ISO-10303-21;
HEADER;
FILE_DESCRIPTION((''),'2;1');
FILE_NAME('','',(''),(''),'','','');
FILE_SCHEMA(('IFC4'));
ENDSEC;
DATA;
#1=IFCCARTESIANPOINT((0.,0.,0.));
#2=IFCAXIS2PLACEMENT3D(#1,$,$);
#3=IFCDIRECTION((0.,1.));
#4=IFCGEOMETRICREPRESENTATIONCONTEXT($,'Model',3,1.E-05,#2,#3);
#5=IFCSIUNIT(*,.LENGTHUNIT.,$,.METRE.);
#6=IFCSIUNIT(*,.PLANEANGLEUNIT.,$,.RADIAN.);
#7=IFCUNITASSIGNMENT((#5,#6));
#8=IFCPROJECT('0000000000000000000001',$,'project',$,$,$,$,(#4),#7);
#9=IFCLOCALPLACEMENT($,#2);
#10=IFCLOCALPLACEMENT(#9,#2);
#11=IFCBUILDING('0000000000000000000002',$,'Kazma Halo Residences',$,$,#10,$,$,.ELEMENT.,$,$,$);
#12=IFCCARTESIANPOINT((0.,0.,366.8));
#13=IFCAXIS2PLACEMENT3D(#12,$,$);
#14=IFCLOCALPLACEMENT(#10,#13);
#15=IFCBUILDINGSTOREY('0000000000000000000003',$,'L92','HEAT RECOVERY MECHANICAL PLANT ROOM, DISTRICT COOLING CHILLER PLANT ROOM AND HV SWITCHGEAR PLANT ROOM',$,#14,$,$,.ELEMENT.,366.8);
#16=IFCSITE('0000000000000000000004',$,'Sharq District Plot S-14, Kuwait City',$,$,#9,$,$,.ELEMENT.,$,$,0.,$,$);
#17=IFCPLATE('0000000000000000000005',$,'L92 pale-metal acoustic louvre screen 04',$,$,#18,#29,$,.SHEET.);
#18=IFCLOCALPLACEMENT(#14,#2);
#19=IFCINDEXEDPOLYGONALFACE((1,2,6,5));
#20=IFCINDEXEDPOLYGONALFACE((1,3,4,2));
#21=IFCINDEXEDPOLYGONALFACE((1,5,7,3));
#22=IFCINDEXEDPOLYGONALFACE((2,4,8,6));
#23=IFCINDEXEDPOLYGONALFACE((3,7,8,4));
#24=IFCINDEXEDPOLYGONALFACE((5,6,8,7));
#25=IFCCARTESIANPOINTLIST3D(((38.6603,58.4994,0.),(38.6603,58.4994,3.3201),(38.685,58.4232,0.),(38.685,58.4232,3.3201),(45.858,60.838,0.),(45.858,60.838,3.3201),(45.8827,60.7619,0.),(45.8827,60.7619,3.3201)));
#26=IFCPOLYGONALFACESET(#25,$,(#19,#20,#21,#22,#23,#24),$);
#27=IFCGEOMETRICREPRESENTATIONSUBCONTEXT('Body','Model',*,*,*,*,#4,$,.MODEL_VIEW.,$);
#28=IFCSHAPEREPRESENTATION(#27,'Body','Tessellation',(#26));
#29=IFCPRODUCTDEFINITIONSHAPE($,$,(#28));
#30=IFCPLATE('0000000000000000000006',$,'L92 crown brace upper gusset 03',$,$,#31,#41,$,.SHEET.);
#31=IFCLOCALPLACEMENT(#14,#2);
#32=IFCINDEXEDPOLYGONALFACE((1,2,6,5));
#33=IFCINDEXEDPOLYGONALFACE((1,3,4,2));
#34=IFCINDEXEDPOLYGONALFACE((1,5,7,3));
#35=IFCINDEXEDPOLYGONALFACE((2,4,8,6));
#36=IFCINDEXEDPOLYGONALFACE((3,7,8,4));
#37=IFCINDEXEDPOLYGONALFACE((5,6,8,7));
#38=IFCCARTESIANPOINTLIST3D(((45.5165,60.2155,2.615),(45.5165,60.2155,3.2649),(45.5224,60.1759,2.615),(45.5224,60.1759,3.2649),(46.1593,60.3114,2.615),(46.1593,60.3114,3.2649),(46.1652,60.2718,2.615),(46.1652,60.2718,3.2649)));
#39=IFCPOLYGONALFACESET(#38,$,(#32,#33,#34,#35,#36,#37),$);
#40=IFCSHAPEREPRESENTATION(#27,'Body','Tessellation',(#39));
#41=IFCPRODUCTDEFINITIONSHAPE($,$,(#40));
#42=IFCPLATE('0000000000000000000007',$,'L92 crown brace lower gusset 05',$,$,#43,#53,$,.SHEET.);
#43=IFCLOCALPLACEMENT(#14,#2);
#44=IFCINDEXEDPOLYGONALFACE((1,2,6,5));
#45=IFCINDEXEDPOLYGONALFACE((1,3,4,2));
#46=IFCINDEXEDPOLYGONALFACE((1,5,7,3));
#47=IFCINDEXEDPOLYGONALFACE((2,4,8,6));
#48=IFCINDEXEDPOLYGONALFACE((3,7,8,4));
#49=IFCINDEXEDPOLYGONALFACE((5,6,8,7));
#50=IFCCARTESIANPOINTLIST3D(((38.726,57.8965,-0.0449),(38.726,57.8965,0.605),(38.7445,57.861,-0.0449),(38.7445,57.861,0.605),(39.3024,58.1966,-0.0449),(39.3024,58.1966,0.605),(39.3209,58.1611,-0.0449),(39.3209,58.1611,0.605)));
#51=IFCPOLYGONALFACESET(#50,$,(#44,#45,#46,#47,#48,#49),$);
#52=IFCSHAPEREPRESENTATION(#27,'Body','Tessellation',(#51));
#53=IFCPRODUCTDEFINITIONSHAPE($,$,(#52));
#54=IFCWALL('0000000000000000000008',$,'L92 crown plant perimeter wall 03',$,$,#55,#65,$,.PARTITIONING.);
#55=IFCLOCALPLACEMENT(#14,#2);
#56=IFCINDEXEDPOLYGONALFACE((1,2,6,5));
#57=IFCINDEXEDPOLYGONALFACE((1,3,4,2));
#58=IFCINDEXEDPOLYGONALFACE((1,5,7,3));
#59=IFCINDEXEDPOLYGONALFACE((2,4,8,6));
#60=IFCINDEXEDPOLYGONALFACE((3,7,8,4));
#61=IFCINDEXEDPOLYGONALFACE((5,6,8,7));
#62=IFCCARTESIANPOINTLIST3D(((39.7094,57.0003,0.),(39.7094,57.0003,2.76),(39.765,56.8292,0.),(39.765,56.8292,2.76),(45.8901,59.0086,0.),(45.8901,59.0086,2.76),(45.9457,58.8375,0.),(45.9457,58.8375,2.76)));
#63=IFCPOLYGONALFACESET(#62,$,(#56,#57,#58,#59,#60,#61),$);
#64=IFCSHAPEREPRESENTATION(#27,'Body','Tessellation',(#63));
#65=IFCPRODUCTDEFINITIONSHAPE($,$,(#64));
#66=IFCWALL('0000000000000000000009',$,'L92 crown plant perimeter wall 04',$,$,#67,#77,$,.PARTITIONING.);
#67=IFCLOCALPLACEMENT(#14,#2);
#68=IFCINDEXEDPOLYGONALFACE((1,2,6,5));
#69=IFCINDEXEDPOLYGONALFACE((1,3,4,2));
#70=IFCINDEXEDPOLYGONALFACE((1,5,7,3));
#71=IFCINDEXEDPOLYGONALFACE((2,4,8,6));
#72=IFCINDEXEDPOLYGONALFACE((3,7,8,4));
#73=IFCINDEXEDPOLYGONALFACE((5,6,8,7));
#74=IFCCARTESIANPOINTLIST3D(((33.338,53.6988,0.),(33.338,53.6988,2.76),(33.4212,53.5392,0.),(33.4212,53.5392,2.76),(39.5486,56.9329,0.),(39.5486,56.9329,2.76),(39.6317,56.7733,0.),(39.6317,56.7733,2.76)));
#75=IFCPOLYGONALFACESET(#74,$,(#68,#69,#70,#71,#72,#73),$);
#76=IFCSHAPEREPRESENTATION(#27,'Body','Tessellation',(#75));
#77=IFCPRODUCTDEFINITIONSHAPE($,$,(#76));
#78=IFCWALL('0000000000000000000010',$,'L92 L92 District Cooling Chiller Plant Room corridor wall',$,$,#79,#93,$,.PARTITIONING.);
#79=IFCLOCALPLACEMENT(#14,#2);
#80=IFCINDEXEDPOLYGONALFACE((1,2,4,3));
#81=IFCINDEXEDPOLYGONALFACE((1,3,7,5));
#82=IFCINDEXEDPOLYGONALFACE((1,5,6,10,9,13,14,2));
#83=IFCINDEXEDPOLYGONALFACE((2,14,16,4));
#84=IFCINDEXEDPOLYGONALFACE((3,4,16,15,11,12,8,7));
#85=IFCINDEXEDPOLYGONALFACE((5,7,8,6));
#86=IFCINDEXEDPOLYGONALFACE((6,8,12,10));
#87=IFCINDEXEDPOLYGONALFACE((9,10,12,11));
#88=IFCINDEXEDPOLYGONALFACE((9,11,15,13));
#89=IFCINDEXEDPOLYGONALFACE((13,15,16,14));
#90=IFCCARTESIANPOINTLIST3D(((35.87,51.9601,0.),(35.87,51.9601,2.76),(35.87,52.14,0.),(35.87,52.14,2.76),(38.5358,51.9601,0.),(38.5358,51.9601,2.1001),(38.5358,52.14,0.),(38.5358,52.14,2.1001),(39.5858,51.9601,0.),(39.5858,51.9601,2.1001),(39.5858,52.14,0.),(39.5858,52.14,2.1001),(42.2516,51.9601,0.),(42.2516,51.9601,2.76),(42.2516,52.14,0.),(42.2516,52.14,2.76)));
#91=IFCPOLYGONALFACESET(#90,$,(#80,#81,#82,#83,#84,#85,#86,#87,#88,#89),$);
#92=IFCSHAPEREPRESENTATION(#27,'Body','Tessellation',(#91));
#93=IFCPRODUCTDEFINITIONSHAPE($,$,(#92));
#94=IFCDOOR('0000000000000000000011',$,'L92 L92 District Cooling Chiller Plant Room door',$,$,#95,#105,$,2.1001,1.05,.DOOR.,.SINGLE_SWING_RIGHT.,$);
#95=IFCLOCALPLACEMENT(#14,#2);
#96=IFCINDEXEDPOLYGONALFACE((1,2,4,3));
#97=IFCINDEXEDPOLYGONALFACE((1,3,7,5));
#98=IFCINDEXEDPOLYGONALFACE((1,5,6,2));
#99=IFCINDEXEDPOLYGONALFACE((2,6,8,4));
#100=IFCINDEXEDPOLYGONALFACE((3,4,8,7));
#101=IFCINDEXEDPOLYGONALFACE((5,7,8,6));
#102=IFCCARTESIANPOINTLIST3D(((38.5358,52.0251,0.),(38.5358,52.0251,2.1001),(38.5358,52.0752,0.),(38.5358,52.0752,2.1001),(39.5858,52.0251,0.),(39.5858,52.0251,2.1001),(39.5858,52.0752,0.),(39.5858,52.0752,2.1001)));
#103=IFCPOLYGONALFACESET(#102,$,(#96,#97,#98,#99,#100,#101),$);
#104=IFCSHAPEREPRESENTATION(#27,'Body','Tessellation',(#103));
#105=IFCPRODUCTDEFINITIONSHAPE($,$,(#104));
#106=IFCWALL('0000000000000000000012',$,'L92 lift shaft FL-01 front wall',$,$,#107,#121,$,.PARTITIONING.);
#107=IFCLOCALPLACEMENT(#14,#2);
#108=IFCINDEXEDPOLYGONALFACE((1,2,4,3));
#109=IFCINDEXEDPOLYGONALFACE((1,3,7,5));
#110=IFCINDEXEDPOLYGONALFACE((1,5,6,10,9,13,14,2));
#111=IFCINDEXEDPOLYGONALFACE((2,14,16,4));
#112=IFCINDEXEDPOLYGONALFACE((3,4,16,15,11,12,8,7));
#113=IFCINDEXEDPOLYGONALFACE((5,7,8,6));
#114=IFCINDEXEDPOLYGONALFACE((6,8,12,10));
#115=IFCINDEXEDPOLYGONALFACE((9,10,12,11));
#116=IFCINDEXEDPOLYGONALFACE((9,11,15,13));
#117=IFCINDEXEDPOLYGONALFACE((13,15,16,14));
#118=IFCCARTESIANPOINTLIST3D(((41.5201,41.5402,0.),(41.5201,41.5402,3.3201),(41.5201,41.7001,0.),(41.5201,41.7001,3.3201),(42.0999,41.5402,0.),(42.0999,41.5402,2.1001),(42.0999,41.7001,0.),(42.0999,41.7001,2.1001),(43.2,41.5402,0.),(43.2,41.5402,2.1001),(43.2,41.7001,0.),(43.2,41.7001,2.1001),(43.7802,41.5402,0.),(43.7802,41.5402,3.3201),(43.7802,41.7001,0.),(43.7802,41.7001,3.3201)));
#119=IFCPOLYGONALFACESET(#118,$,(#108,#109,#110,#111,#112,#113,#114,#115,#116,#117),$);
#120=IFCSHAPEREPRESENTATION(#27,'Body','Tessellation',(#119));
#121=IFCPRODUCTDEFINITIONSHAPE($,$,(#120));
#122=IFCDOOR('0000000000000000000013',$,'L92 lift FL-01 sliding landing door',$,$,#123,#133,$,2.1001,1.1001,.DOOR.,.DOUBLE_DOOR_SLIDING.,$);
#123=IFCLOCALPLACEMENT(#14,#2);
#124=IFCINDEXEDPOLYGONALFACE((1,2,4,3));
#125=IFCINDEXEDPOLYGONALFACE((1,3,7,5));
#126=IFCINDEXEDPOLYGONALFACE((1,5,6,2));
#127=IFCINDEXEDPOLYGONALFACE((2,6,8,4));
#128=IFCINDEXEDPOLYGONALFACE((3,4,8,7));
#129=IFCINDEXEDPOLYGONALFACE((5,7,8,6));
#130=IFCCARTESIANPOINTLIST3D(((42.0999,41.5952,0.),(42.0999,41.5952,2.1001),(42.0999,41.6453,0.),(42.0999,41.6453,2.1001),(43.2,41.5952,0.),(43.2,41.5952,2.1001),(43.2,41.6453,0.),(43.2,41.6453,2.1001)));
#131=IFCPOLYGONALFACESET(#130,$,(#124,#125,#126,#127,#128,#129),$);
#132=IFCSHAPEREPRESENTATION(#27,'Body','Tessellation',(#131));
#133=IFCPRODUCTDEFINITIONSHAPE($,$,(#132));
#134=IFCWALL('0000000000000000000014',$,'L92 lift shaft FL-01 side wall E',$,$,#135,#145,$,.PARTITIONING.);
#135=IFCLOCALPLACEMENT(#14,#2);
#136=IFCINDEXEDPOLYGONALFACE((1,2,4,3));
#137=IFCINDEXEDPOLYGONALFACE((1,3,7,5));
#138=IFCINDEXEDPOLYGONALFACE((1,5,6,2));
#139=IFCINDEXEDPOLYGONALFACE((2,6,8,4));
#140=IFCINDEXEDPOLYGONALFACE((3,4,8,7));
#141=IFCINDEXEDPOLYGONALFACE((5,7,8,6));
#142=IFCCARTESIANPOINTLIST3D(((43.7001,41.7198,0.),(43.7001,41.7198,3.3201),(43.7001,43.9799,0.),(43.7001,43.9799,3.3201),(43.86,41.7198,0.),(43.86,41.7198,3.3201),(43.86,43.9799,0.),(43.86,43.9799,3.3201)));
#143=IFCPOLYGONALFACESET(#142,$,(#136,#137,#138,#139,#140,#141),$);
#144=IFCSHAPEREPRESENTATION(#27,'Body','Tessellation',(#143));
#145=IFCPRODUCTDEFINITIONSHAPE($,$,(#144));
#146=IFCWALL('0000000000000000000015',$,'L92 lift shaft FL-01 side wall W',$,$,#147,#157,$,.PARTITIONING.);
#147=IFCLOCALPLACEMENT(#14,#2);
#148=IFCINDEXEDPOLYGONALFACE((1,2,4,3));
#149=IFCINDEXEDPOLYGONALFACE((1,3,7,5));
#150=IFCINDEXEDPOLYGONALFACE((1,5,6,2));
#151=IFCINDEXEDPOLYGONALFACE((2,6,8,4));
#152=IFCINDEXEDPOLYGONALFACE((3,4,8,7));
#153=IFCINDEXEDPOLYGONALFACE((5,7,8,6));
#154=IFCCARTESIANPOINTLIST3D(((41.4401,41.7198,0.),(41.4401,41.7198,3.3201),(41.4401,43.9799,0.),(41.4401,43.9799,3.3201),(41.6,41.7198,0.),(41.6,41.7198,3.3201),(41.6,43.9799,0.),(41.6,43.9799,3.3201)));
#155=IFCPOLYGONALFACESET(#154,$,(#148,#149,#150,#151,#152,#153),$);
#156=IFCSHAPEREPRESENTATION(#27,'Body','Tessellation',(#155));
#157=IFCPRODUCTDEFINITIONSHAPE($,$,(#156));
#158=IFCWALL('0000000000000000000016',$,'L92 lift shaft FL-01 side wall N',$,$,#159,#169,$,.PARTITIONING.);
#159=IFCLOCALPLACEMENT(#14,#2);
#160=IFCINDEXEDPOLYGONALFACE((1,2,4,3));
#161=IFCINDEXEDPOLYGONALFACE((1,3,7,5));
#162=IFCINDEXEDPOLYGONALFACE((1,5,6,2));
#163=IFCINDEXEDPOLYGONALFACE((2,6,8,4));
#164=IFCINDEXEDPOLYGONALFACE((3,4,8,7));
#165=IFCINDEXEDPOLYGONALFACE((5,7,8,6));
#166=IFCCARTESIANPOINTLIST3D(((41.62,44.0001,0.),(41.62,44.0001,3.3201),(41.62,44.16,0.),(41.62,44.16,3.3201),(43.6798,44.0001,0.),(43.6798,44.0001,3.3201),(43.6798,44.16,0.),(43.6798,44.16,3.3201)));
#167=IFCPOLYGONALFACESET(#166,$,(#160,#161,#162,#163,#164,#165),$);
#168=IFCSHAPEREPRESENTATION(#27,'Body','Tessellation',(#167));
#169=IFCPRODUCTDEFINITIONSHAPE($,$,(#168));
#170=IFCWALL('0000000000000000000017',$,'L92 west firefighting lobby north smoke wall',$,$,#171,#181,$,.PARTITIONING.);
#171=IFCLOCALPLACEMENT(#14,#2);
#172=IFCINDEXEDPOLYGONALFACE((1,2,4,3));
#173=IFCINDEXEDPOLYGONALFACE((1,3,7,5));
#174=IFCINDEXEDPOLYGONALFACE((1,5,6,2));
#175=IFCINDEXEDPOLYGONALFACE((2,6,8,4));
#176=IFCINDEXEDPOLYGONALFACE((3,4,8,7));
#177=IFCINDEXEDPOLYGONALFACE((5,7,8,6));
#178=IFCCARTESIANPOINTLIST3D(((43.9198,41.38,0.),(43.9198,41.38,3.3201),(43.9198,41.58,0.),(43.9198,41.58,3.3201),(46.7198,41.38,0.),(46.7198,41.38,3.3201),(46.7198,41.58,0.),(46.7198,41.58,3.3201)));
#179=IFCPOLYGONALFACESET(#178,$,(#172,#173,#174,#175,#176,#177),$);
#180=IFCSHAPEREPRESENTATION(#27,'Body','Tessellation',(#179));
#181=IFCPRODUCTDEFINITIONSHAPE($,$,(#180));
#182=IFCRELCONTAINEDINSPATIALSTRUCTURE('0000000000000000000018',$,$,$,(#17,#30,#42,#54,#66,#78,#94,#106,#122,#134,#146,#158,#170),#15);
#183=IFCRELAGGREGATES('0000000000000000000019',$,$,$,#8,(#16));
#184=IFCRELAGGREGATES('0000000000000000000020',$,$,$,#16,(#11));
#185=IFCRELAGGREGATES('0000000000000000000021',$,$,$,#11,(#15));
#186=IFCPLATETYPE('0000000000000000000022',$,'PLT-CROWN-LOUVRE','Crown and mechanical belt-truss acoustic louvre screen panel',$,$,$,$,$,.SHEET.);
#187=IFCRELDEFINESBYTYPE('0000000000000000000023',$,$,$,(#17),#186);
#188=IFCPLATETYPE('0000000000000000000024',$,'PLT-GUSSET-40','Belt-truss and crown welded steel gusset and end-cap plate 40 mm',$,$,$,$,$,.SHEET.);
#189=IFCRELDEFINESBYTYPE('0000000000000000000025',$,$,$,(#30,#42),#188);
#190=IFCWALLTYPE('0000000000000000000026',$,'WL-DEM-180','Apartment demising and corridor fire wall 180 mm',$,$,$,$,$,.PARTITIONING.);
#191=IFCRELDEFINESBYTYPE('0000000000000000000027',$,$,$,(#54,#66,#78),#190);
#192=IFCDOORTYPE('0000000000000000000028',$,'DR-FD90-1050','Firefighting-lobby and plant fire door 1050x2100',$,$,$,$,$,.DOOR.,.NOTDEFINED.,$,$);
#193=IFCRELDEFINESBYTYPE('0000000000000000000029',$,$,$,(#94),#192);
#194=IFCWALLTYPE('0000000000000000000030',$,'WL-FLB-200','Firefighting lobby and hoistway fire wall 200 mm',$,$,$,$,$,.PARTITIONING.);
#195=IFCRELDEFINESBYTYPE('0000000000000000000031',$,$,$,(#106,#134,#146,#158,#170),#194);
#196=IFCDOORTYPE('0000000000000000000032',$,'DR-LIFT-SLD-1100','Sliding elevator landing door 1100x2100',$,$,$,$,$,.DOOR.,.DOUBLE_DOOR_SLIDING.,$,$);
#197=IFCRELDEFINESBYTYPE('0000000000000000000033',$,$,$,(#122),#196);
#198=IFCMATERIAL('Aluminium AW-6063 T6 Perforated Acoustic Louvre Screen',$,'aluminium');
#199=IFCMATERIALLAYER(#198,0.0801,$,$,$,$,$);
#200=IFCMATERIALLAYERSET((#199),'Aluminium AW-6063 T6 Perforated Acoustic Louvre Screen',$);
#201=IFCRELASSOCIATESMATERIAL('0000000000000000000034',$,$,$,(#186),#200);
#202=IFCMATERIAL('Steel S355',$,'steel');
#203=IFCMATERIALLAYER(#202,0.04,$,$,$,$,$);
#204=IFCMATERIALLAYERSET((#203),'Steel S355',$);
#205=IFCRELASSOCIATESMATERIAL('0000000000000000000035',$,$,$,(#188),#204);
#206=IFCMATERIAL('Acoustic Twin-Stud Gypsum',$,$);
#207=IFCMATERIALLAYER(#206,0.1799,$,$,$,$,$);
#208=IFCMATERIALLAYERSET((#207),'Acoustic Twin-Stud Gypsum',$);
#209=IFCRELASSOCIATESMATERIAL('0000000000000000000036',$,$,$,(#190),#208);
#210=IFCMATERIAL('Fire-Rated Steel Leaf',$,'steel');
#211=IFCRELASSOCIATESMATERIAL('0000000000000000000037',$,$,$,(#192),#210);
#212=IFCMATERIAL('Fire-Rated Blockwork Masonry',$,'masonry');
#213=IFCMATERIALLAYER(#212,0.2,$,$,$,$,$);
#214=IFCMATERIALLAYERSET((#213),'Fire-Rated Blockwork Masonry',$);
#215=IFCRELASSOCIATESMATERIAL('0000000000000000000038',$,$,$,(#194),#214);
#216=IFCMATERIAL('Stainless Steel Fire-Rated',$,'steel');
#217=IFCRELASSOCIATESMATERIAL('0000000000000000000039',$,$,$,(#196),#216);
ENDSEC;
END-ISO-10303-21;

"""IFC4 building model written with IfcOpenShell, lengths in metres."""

from ifc_helpers import new_model, si_unit, direction, frame, frame_2d, origin, origin_2d, place, context, subcontext, project, spatial, rectangle, extrude, material, layer, layer_set, type_object, element, fill, save


model = new_model("IFC4")

# Units and contexts
model_context = context("Model", 3, precision=1e-05, world=origin(), true_north=direction((0.0, 1.0)))
body_context = subcontext(model_context, "Body", "Model", "MODEL_VIEW")
ifc_project = project(units=[si_unit("LENGTHUNIT", "METRE"), si_unit("PLANEANGLEUNIT", "RADIAN")], contexts=[model_context])

# Site, building, storey
site_placement = place(None, origin())
site = spatial("IfcSite", under=ifc_project, at=site_placement, Name="Sharq District Plot S-14, Kuwait City", CompositionType="ELEMENT", RefElevation=0.0)
building_placement = place(site_placement, origin())
building = spatial("IfcBuilding", under=site, at=building_placement, Name="Kazma Halo Residences", CompositionType="ELEMENT")
storey_placement = place(building_placement, frame((0.0, 0.0, 366.8)))
storey = spatial("IfcBuildingStorey", under=building, at=storey_placement, Name="L92", Description="HEAT RECOVERY MECHANICAL PLANT ROOM, DISTRICT COOLING CHILLER PLANT ROOM AND HV SWITCHGEAR PLANT ROOM", CompositionType="ELEMENT", Elevation=366.8)

# Shared definitions
ifc_material_1 = material(Name="Steel S355", Category="steel")

# Plates
ifc_material_2 = material(Name="Aluminium AW-6063 T6 Perforated Acoustic Louvre Screen", Category="aluminium")
ifc_layer_1 = layer(ifc_material_2, 0.0801)
ifc_layer_set_1 = layer_set([ifc_layer_1], Name="Aluminium AW-6063 T6 Perforated Acoustic Louvre Screen")
plate_type_1 = type_object("IfcPlateType", Name="PLT-CROWN-LOUVRE", Description="Crown and mechanical belt-truss acoustic louvre screen panel", PredefinedType="SHEET", material=ifc_layer_set_1)
plate_placement = place(storey_placement, frame((42.2715, 59.6306, 0.0), z_axis=(0.0, 0.0, 1.0), x_axis=(-0.951058, -0.309012, 0.0)))
element("IfcPlate", 1, at=plate_placement, inside=storey, type_object=plate_type_1, Name="L92 pale-metal acoustic louvre screen 04", PredefinedType="SHEET", context=body_context, shape_type="SweptSolid", body=[
    extrude(rectangle(XDim=7.5681, YDim=0.0801, at=origin_2d()), origin(), (0.0, 0.0, 1.0), 3.3201),
])
ifc_layer_2 = layer(ifc_material_1, 0.04)
ifc_layer_set_2 = layer_set([ifc_layer_2], Name="Steel S355")
plate_type_2 = type_object("IfcPlateType", Name="PLT-GUSSET-40", Description="Belt-truss and crown welded steel gusset and end-cap plate 40 mm", PredefinedType="SHEET", material=ifc_layer_set_2)
for number, where, z_axis, x_axis, name in (
    (2, (45.8408, 60.2437, 2.615), (0.0, 0.0, 1.0), (-0.989034, -0.147687, 0.0), "L92 crown brace upper gusset 03"),
    (3, (39.0234, 58.0288, -0.0449), (0.0, 0.0, 1.0), (-0.88695, -0.461866, 0.0), "L92 crown brace lower gusset 05"),
):
    element("IfcPlate", number, at=place(storey_placement, frame(where, z_axis=z_axis, x_axis=x_axis)), inside=storey, type_object=plate_type_2, Name=name, PredefinedType="SHEET", context=body_context, shape_type="SweptSolid", body=[
        extrude(rectangle(XDim=0.6499, YDim=0.04, at=origin_2d()), origin(), (0.0, 0.0, 1.0), 0.6499),
    ])

# Walls
ifc_material_3 = material(Name="Acoustic Twin-Stud Gypsum")
ifc_layer_3 = layer(ifc_material_3, 0.1799)
ifc_layer_set_3 = layer_set([ifc_layer_3], Name="Acoustic Twin-Stud Gypsum")
wall_type_1 = type_object("IfcWallType", Name="WL-DEM-180", Description="Apartment demising and corridor fire wall 180 mm", PredefinedType="PARTITIONING", material=ifc_layer_set_3)
wall_1_placement = place(storey_placement, frame((45.918, 58.9231, 0.0), z_axis=(0.0, 0.0, 1.0), x_axis=(-0.951053, -0.309028, 0.0)))
element("IfcWall", 4, at=wall_1_placement, inside=storey, type_object=wall_type_1, Name="L92 crown plant perimeter wall 03", PredefinedType="PARTITIONING", context=body_context, shape_type="SweptSolid", body=[
    extrude(rectangle(XDim=6.4988, YDim=0.1799, at=frame_2d((3.2495, 0.0))), origin(), (0.0, 0.0, 1.0), 2.76),
])
wall_2_placement = place(storey_placement, frame((39.5901, 56.853, 0.0), z_axis=(0.0, 0.0, 1.0), x_axis=(-0.886949, -0.461866, 0.0)))
element("IfcWall", 5, at=wall_2_placement, inside=storey, type_object=wall_type_1, Name="L92 crown plant perimeter wall 04", PredefinedType="PARTITIONING", context=body_context, shape_type="SweptSolid", body=[
    extrude(rectangle(XDim=7.0022, YDim=0.1799, at=frame_2d((3.501, 0.0))), origin(), (0.0, 0.0, 1.0), 2.76),
])

# Walls, openings, doors
wall_3_placement = place(storey_placement, frame((42.2517, 52.05, 0.0), z_axis=(0.0, 0.0, 1.0), x_axis=(-1.0, 0.0, 0.0)))
wall_3 = element("IfcWall", 6, at=wall_3_placement, inside=storey, type_object=wall_type_1, Name="L92 L92 District Cooling Chiller Plant Room corridor wall", PredefinedType="PARTITIONING", context=body_context, shape_type="SweptSolid", body=[
    extrude(rectangle(XDim=6.3816, YDim=0.1799, at=frame_2d((3.1909, 0.0))), origin(), (0.0, 0.0, 1.0), 2.76),
])
opening_1_placement = place(wall_3_placement, frame((2.666, 0.0, 0.0)))
opening_1 = element("IfcOpeningElement", 7, at=opening_1_placement, cuts=wall_3, PredefinedType="OPENING", context=body_context, shape_type="SweptSolid", body=[
    extrude(rectangle(XDim=1.05, YDim=2.1001, at=frame_2d((0.5249, 1.05))), frame((0.0, 0.0999, 0.0), z_axis=(0.0, -1.0, 0.0), x_axis=(1.0, 0.0, 0.0)), (0.0, 0.0, 1.0), 0.2),
])
ifc_material_4 = material(Name="Fire-Rated Steel Leaf", Category="steel")
door_type_1 = type_object("IfcDoorType", Name="DR-FD90-1050", Description="Firefighting-lobby and plant fire door 1050x2100", OperationType="NOTDEFINED", PredefinedType="DOOR", material=ifc_material_4)
door_1_placement = place(opening_1_placement, origin())
door_1 = element("IfcDoor", 8, at=door_1_placement, inside=storey, type_object=door_type_1, Name="L92 L92 District Cooling Chiller Plant Room door", OperationType="SINGLE_SWING_RIGHT", OverallHeight=2.1001, OverallWidth=1.05, PredefinedType="DOOR", context=body_context, shape_type="SweptSolid", body=[
    extrude(rectangle(XDim=1.05, YDim=2.1001, at=frame_2d((0.5249, 1.05))), frame((0.0, 0.0249, 0.0), z_axis=(0.0, -1.0, 0.0), x_axis=(1.0, 0.0, 0.0)), (0.0, 0.0, 1.0), 0.05),
])
fill(opening_1, door_1)
ifc_material_5 = material(Name="Fire-Rated Blockwork Masonry", Category="masonry")
ifc_layer_4 = layer(ifc_material_5, 0.2)
ifc_layer_set_4 = layer_set([ifc_layer_4], Name="Fire-Rated Blockwork Masonry")
wall_type_2 = type_object("IfcWallType", Name="WL-FLB-200", Description="Firefighting lobby and hoistway fire wall 200 mm", PredefinedType="PARTITIONING", material=ifc_layer_set_4)
wall_4_placement = place(storey_placement, frame((43.78, 41.6201, 0.0), z_axis=(0.0, 0.0, 1.0), x_axis=(-1.0, 0.0, 0.0)))
wall_4 = element("IfcWall", 9, at=wall_4_placement, inside=storey, type_object=wall_type_2, Name="L92 lift shaft FL-01 front wall", PredefinedType="PARTITIONING", context=body_context, shape_type="SweptSolid", body=[
    extrude(rectangle(XDim=2.26, YDim=0.1599, at=frame_2d((1.1299, 0.0))), origin(), (0.0, 0.0, 1.0), 3.3201),
])
opening_2_placement = place(wall_4_placement, frame((0.5801, 0.0, 0.0)))
opening_2 = element("IfcOpeningElement", 10, at=opening_2_placement, cuts=wall_4, PredefinedType="OPENING", context=body_context, shape_type="SweptSolid", body=[
    extrude(rectangle(XDim=1.1001, YDim=2.1001, at=frame_2d((0.55, 1.05))), frame((0.0, 0.0898, 0.0), z_axis=(0.0, -1.0, 0.0), x_axis=(1.0, 0.0, 0.0)), (0.0, 0.0, 1.0), 0.1799),
])
ifc_material_6 = material(Name="Stainless Steel Fire-Rated", Category="steel")
door_type_2 = type_object("IfcDoorType", Name="DR-LIFT-SLD-1100", Description="Sliding elevator landing door 1100x2100", OperationType="DOUBLE_DOOR_SLIDING", PredefinedType="DOOR", material=ifc_material_6)
door_2_placement = place(opening_2_placement, origin())
door_2 = element("IfcDoor", 11, at=door_2_placement, inside=storey, type_object=door_type_2, Name="L92 lift FL-01 sliding landing door", OperationType="DOUBLE_DOOR_SLIDING", OverallHeight=2.1001, OverallWidth=1.1001, PredefinedType="DOOR", context=body_context, shape_type="SweptSolid", body=[
    extrude(rectangle(XDim=1.1001, YDim=2.1001, at=frame_2d((0.55, 1.05))), frame((0.0, 0.0249, 0.0), z_axis=(0.0, -1.0, 0.0), x_axis=(1.0, 0.0, 0.0)), (0.0, 0.0, 1.0), 0.05),
])
fill(opening_2, door_2)

# Walls
for number, where, z_axis, x_axis, name in (
    (12, (43.78, 41.72, 0.0), (0.0, 0.0, 1.0), (0.0, 1.0, 0.0), "L92 lift shaft FL-01 side wall E"),
    (13, (41.52, 41.72, 0.0), (0.0, 0.0, 1.0), (0.0, 1.0, 0.0), "L92 lift shaft FL-01 side wall W"),
):
    element("IfcWall", number, at=place(storey_placement, frame(where, z_axis=z_axis, x_axis=x_axis)), inside=storey, type_object=wall_type_2, Name=name, PredefinedType="PARTITIONING", context=body_context, shape_type="SweptSolid", body=[
        extrude(rectangle(XDim=2.26, YDim=0.1599, at=frame_2d((1.1299, 0.0))), origin(), (0.0, 0.0, 1.0), 3.3201),
    ])
wall_5_placement = place(storey_placement, frame((41.6201, 44.0801, 0.0), z_axis=(0.0, 0.0, 1.0), x_axis=(1.0, 0.0, 0.0)))
element("IfcWall", 14, at=wall_5_placement, inside=storey, type_object=wall_type_2, Name="L92 lift shaft FL-01 side wall N", PredefinedType="PARTITIONING", context=body_context, shape_type="SweptSolid", body=[
    extrude(rectangle(XDim=2.0598, YDim=0.1599, at=frame_2d((1.0298, 0.0))), origin(), (0.0, 0.0, 1.0), 3.3201),
])
wall_6_placement = place(storey_placement, frame((43.9199, 41.48, 0.0), z_axis=(0.0, 0.0, 1.0), x_axis=(1.0, 0.0, 0.0)))
element("IfcWall", 15, at=wall_6_placement, inside=storey, type_object=wall_type_2, Name="L92 west firefighting lobby north smoke wall", PredefinedType="PARTITIONING", context=body_context, shape_type="SweptSolid", body=[
    extrude(rectangle(XDim=2.8, YDim=0.2, at=frame_2d((1.3999, 0.0))), origin(), (0.0, 0.0, 1.0), 3.3201),
])

save(model, "model.ifc")
